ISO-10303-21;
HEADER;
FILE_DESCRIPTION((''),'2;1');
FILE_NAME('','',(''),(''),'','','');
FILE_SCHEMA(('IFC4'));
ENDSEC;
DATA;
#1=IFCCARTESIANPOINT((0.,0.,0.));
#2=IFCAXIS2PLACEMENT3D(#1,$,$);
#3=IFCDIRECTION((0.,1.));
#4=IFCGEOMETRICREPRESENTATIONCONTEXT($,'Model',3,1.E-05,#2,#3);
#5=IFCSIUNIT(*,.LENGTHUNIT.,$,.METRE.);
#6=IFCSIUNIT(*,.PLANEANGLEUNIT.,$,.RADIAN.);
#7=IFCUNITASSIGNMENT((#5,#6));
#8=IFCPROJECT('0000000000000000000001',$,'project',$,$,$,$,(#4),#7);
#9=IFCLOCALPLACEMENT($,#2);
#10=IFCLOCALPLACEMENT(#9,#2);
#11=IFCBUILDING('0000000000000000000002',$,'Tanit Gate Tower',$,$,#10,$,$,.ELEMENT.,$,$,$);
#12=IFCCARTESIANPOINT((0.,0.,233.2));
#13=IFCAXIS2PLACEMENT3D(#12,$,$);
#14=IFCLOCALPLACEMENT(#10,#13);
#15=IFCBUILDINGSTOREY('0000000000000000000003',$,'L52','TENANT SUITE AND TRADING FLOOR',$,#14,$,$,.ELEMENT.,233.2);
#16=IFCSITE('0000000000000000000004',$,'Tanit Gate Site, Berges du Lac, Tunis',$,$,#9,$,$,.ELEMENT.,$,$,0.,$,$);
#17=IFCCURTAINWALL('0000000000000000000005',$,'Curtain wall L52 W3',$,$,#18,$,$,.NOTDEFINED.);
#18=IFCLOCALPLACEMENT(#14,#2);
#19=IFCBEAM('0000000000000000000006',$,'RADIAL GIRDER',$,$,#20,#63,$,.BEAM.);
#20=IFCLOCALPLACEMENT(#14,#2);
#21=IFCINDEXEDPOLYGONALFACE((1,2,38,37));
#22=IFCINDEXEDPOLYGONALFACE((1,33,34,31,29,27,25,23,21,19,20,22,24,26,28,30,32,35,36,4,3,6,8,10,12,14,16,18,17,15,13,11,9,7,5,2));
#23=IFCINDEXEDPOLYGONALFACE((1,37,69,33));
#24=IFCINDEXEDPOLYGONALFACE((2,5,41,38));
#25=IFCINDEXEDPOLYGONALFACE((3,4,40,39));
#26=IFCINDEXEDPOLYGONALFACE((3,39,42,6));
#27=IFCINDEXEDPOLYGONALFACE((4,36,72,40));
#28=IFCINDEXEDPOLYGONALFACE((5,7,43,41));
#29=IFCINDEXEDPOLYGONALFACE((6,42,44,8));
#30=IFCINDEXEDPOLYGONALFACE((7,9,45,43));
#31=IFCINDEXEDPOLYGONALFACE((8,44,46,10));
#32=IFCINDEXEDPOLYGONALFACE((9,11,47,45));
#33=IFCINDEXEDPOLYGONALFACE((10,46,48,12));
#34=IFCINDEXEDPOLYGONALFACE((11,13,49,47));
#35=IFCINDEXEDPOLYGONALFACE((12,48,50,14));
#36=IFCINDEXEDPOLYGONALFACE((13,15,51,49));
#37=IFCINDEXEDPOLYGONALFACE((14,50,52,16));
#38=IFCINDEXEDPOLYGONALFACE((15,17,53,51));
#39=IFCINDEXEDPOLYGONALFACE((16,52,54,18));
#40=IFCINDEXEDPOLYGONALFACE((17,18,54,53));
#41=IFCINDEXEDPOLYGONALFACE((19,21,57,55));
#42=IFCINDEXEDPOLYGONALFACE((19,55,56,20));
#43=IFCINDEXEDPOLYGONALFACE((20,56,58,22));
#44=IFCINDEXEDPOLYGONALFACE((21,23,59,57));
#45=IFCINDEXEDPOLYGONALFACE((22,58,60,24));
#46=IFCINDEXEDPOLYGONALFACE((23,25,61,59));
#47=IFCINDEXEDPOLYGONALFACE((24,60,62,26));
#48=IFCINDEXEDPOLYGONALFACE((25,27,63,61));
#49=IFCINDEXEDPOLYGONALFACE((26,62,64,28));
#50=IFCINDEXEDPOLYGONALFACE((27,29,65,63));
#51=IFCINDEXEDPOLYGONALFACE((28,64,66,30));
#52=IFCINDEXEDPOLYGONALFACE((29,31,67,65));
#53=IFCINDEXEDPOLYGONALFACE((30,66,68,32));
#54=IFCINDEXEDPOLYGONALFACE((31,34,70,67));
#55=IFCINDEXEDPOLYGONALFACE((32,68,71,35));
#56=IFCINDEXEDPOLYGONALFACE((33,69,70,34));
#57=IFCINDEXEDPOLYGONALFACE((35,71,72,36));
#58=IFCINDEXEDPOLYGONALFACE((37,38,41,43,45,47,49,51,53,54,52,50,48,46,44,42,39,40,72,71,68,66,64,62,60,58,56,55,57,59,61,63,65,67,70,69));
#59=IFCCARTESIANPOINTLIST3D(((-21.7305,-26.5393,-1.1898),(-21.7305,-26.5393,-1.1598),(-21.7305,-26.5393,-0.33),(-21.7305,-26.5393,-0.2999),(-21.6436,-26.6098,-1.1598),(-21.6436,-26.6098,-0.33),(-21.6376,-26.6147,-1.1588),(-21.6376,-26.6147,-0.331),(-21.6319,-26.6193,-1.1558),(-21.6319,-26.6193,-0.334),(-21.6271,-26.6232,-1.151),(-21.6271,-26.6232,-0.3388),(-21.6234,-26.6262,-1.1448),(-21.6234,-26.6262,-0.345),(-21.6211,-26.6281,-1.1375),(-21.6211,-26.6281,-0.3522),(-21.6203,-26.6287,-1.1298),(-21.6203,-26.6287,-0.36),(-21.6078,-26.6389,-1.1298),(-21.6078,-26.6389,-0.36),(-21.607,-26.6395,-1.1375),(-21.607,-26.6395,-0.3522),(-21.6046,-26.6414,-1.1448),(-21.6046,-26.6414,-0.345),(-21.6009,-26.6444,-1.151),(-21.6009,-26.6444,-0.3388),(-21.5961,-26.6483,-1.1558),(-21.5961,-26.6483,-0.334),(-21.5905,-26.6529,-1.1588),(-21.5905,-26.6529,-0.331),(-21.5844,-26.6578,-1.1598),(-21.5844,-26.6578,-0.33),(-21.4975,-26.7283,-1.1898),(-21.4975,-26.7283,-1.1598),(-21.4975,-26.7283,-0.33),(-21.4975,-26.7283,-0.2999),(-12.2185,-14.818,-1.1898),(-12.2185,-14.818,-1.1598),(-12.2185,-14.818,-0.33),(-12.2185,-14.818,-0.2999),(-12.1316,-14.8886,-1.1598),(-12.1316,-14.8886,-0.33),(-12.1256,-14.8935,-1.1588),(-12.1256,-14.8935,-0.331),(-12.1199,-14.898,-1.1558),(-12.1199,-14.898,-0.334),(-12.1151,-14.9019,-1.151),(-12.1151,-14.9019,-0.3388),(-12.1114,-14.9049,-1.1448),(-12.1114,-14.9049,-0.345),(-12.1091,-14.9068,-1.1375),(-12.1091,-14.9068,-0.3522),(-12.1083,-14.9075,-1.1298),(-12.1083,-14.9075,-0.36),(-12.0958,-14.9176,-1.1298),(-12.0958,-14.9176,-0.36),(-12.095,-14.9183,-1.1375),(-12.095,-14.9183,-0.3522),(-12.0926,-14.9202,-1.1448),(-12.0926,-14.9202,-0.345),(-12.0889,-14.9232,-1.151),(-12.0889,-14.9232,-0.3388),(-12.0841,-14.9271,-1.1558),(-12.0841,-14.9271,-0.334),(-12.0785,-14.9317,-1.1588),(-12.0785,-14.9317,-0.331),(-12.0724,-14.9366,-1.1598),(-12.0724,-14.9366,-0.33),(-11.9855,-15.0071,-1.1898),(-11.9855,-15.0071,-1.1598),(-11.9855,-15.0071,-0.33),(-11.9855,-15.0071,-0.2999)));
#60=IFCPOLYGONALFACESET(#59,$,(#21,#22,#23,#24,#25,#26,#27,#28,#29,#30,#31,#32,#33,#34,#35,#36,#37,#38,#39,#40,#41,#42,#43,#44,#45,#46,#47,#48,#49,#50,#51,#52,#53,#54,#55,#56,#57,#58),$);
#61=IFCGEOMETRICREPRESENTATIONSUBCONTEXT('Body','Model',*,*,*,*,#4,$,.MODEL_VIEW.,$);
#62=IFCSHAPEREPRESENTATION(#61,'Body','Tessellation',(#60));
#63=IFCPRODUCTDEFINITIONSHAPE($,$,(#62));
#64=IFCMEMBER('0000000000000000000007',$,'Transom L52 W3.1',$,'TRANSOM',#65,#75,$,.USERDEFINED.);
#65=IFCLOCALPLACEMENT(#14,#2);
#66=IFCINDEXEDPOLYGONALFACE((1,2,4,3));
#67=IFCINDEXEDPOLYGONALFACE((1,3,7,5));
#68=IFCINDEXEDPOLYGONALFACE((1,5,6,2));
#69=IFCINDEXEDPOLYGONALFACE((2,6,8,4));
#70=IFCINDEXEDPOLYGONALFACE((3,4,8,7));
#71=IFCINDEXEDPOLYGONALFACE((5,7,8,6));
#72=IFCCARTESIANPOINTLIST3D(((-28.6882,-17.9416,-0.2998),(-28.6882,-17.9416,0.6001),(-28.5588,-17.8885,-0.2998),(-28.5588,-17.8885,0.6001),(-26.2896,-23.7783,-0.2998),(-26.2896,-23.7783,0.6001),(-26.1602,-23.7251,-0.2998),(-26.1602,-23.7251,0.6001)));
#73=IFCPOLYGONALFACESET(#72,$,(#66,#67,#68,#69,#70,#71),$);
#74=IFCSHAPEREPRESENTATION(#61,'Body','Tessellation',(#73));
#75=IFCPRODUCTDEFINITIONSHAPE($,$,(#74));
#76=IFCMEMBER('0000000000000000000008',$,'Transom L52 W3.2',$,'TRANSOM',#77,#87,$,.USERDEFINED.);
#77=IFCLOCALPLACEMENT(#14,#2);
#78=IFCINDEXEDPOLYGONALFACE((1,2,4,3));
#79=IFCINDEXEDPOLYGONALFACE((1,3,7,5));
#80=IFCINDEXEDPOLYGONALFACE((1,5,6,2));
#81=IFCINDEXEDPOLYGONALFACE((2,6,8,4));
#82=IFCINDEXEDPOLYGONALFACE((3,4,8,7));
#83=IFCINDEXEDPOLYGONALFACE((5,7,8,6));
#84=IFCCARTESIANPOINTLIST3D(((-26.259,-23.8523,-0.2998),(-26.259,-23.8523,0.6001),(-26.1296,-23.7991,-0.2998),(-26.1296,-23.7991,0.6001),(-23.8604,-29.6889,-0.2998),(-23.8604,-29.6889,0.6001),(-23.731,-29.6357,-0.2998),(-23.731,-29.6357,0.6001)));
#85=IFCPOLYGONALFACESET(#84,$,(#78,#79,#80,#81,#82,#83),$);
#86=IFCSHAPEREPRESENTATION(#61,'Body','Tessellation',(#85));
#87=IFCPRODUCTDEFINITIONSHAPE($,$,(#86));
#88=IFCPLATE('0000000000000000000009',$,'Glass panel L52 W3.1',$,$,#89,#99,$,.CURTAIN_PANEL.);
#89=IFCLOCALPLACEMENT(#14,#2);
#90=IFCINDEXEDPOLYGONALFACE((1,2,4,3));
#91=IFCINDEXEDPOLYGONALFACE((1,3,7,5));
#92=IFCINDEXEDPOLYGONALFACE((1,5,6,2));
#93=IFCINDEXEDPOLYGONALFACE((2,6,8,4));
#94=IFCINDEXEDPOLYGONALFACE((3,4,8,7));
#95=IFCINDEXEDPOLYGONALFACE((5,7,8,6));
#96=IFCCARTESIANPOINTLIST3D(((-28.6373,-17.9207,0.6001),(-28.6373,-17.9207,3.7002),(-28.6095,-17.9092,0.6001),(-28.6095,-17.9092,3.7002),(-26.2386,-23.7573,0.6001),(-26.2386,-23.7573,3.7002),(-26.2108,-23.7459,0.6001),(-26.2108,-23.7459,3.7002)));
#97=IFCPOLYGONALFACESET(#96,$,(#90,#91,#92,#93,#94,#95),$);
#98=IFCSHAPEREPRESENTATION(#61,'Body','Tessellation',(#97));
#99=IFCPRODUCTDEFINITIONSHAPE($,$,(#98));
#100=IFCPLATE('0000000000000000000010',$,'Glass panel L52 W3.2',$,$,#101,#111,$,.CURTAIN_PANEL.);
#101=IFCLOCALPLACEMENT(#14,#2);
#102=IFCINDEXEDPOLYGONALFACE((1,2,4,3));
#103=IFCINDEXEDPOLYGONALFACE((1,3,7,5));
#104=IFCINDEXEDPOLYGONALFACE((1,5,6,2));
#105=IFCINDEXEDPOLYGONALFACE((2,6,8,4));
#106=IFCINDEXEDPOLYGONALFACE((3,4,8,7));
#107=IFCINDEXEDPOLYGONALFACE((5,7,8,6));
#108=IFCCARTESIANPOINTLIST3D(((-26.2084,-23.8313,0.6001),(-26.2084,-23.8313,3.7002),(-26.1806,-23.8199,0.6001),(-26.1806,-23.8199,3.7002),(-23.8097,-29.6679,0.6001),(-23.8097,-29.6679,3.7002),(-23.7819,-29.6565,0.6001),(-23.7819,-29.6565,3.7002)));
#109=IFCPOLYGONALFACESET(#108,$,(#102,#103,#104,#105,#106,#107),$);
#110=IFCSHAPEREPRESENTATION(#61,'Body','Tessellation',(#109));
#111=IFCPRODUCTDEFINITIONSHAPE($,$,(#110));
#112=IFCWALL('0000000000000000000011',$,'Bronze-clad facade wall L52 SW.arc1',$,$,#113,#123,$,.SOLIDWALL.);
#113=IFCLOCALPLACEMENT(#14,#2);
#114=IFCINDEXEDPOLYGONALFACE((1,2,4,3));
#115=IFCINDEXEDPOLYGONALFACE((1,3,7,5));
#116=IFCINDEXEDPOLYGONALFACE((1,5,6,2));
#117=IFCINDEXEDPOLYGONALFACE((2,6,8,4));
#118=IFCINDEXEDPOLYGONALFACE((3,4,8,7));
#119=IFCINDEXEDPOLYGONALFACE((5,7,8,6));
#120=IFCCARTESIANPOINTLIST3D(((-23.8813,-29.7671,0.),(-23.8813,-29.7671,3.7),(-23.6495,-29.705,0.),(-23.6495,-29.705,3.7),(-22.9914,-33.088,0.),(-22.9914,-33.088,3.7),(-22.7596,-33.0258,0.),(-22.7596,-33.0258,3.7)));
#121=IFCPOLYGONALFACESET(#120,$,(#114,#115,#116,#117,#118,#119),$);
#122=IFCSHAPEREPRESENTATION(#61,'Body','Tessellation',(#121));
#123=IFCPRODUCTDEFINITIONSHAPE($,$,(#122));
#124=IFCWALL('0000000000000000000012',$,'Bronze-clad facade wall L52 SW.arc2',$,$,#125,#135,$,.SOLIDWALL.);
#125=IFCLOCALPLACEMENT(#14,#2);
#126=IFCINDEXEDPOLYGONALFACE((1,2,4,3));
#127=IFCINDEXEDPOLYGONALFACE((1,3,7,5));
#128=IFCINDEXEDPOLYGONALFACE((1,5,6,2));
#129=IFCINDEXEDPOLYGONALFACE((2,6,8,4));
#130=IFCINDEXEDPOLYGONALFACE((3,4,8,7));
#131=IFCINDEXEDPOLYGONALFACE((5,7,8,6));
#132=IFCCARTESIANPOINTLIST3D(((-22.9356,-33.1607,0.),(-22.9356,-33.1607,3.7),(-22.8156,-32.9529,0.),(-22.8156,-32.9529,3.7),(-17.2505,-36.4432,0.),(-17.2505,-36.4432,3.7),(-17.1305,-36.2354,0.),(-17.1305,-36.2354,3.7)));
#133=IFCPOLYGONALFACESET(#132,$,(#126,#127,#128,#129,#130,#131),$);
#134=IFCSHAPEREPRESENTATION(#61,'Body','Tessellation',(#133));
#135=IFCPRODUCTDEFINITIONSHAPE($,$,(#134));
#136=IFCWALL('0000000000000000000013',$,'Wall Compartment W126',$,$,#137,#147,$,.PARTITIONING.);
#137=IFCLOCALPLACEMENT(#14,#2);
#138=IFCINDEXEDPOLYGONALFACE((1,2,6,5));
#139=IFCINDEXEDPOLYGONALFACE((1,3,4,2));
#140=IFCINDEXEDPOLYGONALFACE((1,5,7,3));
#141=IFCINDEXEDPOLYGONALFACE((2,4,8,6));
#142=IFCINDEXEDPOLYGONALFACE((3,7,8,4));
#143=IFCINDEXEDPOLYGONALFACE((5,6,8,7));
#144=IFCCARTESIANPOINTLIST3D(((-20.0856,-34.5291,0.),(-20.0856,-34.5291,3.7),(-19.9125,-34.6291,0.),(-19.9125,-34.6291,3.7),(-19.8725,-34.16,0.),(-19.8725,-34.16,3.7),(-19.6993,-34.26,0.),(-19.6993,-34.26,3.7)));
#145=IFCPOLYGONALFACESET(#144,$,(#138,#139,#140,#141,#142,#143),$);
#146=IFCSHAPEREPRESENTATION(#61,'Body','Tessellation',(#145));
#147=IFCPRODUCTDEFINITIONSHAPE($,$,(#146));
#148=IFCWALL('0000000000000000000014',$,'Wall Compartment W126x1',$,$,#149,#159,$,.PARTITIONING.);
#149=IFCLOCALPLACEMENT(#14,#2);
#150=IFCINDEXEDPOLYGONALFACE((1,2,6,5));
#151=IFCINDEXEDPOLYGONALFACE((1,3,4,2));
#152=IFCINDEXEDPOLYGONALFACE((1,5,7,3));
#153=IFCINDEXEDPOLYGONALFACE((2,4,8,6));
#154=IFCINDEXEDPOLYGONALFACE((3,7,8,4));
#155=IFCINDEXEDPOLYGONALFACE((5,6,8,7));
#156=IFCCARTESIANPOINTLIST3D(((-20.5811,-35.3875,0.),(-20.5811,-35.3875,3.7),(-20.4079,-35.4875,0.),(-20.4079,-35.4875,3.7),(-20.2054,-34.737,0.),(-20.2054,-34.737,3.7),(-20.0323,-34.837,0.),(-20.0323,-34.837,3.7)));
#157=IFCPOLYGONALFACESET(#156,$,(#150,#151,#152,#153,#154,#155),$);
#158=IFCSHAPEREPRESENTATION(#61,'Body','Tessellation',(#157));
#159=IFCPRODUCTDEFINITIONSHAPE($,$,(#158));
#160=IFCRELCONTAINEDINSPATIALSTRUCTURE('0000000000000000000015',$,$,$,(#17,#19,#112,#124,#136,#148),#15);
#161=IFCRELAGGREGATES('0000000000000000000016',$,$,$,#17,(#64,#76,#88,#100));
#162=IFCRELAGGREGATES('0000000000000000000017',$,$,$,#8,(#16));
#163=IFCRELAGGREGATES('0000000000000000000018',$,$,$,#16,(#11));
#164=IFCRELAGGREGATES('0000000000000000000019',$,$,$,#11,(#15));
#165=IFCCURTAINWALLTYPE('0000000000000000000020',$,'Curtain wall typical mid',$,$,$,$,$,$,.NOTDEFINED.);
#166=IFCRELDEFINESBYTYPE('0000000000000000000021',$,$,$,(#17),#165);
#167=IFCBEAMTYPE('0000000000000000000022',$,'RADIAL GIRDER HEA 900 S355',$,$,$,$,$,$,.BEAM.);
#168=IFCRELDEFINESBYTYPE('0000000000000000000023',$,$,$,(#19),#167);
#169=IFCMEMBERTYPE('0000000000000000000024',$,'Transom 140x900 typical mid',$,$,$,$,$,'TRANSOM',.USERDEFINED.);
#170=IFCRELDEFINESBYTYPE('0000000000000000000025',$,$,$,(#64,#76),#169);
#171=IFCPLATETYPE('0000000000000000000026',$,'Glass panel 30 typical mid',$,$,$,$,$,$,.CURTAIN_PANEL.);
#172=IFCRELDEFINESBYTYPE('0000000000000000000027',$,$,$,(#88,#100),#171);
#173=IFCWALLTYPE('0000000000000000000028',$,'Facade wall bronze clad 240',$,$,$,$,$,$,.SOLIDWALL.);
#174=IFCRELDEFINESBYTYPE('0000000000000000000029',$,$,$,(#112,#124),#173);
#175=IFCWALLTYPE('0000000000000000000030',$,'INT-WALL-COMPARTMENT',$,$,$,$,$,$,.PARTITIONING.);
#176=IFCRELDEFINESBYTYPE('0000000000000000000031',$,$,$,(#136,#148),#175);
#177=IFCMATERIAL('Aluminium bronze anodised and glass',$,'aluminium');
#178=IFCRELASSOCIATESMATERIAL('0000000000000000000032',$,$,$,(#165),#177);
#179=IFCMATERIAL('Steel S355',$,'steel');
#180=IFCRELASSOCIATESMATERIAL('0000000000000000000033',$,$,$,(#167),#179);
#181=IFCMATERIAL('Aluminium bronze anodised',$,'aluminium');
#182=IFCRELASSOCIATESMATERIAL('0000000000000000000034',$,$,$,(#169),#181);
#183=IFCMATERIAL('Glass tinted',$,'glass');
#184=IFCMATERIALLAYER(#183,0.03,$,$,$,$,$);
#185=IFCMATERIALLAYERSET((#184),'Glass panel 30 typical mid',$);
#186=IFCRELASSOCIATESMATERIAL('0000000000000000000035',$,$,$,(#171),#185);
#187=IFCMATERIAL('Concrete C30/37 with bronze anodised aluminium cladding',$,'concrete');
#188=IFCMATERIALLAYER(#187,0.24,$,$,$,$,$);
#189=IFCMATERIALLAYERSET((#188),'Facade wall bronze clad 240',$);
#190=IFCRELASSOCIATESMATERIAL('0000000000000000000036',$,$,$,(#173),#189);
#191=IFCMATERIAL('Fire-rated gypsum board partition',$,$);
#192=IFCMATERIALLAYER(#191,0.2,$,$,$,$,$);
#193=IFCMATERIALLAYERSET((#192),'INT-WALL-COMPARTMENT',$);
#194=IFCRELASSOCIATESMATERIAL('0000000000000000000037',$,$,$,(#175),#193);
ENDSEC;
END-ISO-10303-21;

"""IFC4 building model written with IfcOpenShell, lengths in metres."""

from ifc_helpers import new_model, si_unit, direction, frame, frame_2d, origin, origin_2d, place, context, subcontext, project, spatial, rectangle, i_section, extrude, material, layer, layer_set, material_profile, profile_set, type_object, element, aggregate, save


model = new_model("IFC4")

# Units and contexts
model_context = context("Model", 3, precision=1e-05, world=origin(), true_north=direction((0.0, 1.0)))
body_context = subcontext(model_context, "Body", "Model", "MODEL_VIEW")
ifc_project = project(units=[si_unit("LENGTHUNIT", "METRE"), si_unit("PLANEANGLEUNIT", "RADIAN")], contexts=[model_context])

# Site, building, storey
site_placement = place(None, origin())
site = spatial("IfcSite", under=ifc_project, at=site_placement, Name="Tanit Gate Site, Berges du Lac, Tunis", CompositionType="ELEMENT", RefElevation=0.0)
building_placement = place(site_placement, origin())
building = spatial("IfcBuilding", under=site, at=building_placement, Name="Tanit Gate Tower", CompositionType="ELEMENT")
storey_placement = place(building_placement, frame((0.0, 0.0, 233.2)))
storey = spatial("IfcBuildingStorey", under=building, at=storey_placement, Name="L52", Description="TENANT SUITE AND TRADING FLOOR", CompositionType="ELEMENT", Elevation=233.2)

# Curtain wall
ifc_material_1 = material(Name="Aluminium bronze anodised and glass", Category="aluminium")
curtain_wall_type = type_object("IfcCurtainWallType", Name="Curtain wall typical mid", PredefinedType="NOTDEFINED", material=ifc_material_1)
curtain_wall_1_placement = place(storey_placement, origin())
curtain_wall_1 = element("IfcCurtainWall", 1, at=curtain_wall_1_placement, inside=storey, type_object=curtain_wall_type, Name="Curtain wall L52 W3", PredefinedType="NOTDEFINED")

# Beam
ifc_material_2 = material(Name="Steel S355", Category="steel")
ifc_material_profile_1 = material_profile(ifc_material_2, i_section(OverallWidth=0.3, OverallDepth=0.8899, WebThickness=0.0161, FlangeThickness=0.03, FilletRadius=0.03, at=origin_2d()), Name="HEA 900")
ifc_profile_set_1 = profile_set([ifc_material_profile_1], Name="Steel S355")
beam_type_1 = type_object("IfcBeamType", Name="RADIAL GIRDER HEA 900 S355", PredefinedType="BEAM", material=ifc_profile_set_1)
beam_1_placement = place(storey_placement, frame((-21.614, -26.6338, -0.7449), z_axis=(0.630133, 0.776487, 0.0), x_axis=(-0.776487, 0.630133, 0.0)))
element("IfcBeam", 2, at=beam_1_placement, inside=storey, type_object=beam_type_1, Name="RADIAL GIRDER", PredefinedType="BEAM", context=body_context, shape_type="SweptSolid", body=[
    extrude(i_section(OverallWidth=0.3, OverallDepth=0.8899, WebThickness=0.0161, FlangeThickness=0.03, FilletRadius=0.03, at=origin_2d()), origin(), (0.0, 0.0, 1.0), 15.0952),
])

# Members
ifc_material_3 = material(Name="Aluminium bronze anodised", Category="aluminium")
ifc_material_profile_2 = material_profile(ifc_material_3, rectangle(XDim=0.1399, YDim=0.8999, at=origin_2d()), Name="140x900 bronze transom")
ifc_profile_set_2 = profile_set([ifc_material_profile_2], Name="Aluminium bronze anodised")
member_type_1 = type_object("IfcMemberType", Name="Transom 140x900 typical mid", ElementType="TRANSOM", PredefinedType="USERDEFINED", material=ifc_profile_set_2)
member_1_placement = place(storey_placement, frame((-28.6235, -17.915, 0.1501), z_axis=(0.380119, -0.924937, 0.0), x_axis=(0.924937, 0.380119, 0.0)))
member_1 = element("IfcMember", 3, at=member_1_placement, type_object=member_type_1, Name="Transom L52 W3.1", ObjectType="TRANSOM", PredefinedType="USERDEFINED", context=body_context, shape_type="SweptSolid", body=[
    extrude(rectangle(XDim=0.1399, YDim=0.8999, at=origin_2d()), origin(), (0.0, 0.0, 1.0), 6.3103),
])
member_2_placement = place(storey_placement, frame((-26.1943, -23.8257, 0.1501), z_axis=(0.380119, -0.924937, 0.0), x_axis=(0.924937, 0.380119, 0.0)))
member_2 = element("IfcMember", 4, at=member_2_placement, type_object=member_type_1, Name="Transom L52 W3.2", ObjectType="TRANSOM", PredefinedType="USERDEFINED", context=body_context, shape_type="SweptSolid", body=[
    extrude(rectangle(XDim=0.1399, YDim=0.8999, at=origin_2d()), origin(), (0.0, 0.0, 1.0), 6.3103),
])

# Plates
ifc_material_4 = material(Name="Glass tinted", Category="glass")
ifc_layer_1 = layer(ifc_material_4, 0.03)
ifc_layer_set_1 = layer_set([ifc_layer_1], Name="Glass panel 30 typical mid")
plate_type = type_object("IfcPlateType", Name="Glass panel 30 typical mid", PredefinedType="CURTAIN_PANEL", material=ifc_layer_set_1)
plate_1_placement = place(storey_placement, frame((-27.4241, -20.8333, 0.6001), z_axis=(0.0, 0.0, 1.0), x_axis=(0.380126, -0.924935, 0.0)))
plate_1 = element("IfcPlate", 5, at=plate_1_placement, type_object=plate_type, Name="Glass panel L52 W3.1", PredefinedType="CURTAIN_PANEL", context=body_context, shape_type="SweptSolid", body=[
    extrude(rectangle(XDim=6.3103, YDim=0.03, at=origin_2d()), origin(), (0.0, 0.0, 1.0), 3.1001),
])
plate_2_placement = place(storey_placement, frame((-24.9951, -26.7439, 0.6001), z_axis=(0.0, 0.0, 1.0), x_axis=(0.380126, -0.924935, 0.0)))
plate_2 = element("IfcPlate", 6, at=plate_2_placement, type_object=plate_type, Name="Glass panel L52 W3.2", PredefinedType="CURTAIN_PANEL", context=body_context, shape_type="SweptSolid", body=[
    extrude(rectangle(XDim=6.3103, YDim=0.03, at=origin_2d()), origin(), (0.0, 0.0, 1.0), 3.1001),
])
aggregate(curtain_wall_1, [member_1, member_2, plate_1, plate_2])

# Walls
ifc_material_5 = material(Name="Concrete C30/37 with bronze anodised aluminium cladding", Category="concrete")
ifc_layer_2 = layer(ifc_material_5, 0.24)
ifc_layer_set_2 = layer_set([ifc_layer_2], Name="Facade wall bronze clad 240")
wall_type_1 = type_object("IfcWallType", Name="Facade wall bronze clad 240", PredefinedType="SOLIDWALL", material=ifc_layer_set_2)
wall_1_placement = place(storey_placement, frame((-23.7654, -29.7361, 0.0), z_axis=(0.0, 0.0, 1.0), x_axis=(0.258843, -0.96592, 0.0)))
element("IfcWall", 7, at=wall_1_placement, inside=storey, type_object=wall_type_1, Name="Bronze-clad facade wall L52 SW.arc1", PredefinedType="SOLIDWALL", context=body_context, shape_type="SweptSolid", body=[
    extrude(rectangle(XDim=3.438, YDim=0.24, at=frame_2d((1.719, 0.0))), origin(), (0.0, 0.0, 1.0), 3.7),
])
wall_2_placement = place(storey_placement, frame((-22.8755, -33.0569, 0.0), z_axis=(0.0, 0.0, 1.0), x_axis=(0.866012, -0.500023, 0.0)))
element("IfcWall", 8, at=wall_2_placement, inside=storey, type_object=wall_type_1, Name="Bronze-clad facade wall L52 SW.arc2", PredefinedType="SOLIDWALL", context=body_context, shape_type="SweptSolid", body=[
    extrude(rectangle(XDim=6.5647, YDim=0.24, at=frame_2d((3.2822, 0.0))), origin(), (0.0, 0.0, 1.0), 3.7),
])
ifc_material_6 = material(Name="Fire-rated gypsum board partition")
ifc_layer_3 = layer(ifc_material_6, 0.2)
ifc_layer_set_3 = layer_set([ifc_layer_3], Name="INT-WALL-COMPARTMENT")
wall_type_2 = type_object("IfcWallType", Name="INT-WALL-COMPARTMENT", PredefinedType="PARTITIONING", material=ifc_layer_set_3)
wall_3_placement = place(storey_placement, frame((-19.7859, -34.21, 0.0), z_axis=(0.0, 0.0, 1.0), x_axis=(-0.50002, -0.866014, 0.0)))
element("IfcWall", 9, at=wall_3_placement, inside=storey, type_object=wall_type_2, Name="Wall Compartment W126", PredefinedType="PARTITIONING", context=body_context, shape_type="SweptSolid", body=[
    extrude(rectangle(XDim=0.4263, YDim=0.2, at=frame_2d((0.2131, 0.0))), origin(), (0.0, 0.0, 1.0), 3.7),
])
wall_4_placement = place(storey_placement, frame((-20.1189, -34.7871, 0.0), z_axis=(0.0, 0.0, 1.0), x_axis=(-0.500088, -0.865975, 0.0)))
element("IfcWall", 10, at=wall_4_placement, inside=storey, type_object=wall_type_2, Name="Wall Compartment W126x1", PredefinedType="PARTITIONING", context=body_context, shape_type="SweptSolid", body=[
    extrude(rectangle(XDim=0.7512, YDim=0.2, at=frame_2d((0.3755, 0.0))), origin(), (0.0, 0.0, 1.0), 3.7),
])

save(model, "model.ifc")
